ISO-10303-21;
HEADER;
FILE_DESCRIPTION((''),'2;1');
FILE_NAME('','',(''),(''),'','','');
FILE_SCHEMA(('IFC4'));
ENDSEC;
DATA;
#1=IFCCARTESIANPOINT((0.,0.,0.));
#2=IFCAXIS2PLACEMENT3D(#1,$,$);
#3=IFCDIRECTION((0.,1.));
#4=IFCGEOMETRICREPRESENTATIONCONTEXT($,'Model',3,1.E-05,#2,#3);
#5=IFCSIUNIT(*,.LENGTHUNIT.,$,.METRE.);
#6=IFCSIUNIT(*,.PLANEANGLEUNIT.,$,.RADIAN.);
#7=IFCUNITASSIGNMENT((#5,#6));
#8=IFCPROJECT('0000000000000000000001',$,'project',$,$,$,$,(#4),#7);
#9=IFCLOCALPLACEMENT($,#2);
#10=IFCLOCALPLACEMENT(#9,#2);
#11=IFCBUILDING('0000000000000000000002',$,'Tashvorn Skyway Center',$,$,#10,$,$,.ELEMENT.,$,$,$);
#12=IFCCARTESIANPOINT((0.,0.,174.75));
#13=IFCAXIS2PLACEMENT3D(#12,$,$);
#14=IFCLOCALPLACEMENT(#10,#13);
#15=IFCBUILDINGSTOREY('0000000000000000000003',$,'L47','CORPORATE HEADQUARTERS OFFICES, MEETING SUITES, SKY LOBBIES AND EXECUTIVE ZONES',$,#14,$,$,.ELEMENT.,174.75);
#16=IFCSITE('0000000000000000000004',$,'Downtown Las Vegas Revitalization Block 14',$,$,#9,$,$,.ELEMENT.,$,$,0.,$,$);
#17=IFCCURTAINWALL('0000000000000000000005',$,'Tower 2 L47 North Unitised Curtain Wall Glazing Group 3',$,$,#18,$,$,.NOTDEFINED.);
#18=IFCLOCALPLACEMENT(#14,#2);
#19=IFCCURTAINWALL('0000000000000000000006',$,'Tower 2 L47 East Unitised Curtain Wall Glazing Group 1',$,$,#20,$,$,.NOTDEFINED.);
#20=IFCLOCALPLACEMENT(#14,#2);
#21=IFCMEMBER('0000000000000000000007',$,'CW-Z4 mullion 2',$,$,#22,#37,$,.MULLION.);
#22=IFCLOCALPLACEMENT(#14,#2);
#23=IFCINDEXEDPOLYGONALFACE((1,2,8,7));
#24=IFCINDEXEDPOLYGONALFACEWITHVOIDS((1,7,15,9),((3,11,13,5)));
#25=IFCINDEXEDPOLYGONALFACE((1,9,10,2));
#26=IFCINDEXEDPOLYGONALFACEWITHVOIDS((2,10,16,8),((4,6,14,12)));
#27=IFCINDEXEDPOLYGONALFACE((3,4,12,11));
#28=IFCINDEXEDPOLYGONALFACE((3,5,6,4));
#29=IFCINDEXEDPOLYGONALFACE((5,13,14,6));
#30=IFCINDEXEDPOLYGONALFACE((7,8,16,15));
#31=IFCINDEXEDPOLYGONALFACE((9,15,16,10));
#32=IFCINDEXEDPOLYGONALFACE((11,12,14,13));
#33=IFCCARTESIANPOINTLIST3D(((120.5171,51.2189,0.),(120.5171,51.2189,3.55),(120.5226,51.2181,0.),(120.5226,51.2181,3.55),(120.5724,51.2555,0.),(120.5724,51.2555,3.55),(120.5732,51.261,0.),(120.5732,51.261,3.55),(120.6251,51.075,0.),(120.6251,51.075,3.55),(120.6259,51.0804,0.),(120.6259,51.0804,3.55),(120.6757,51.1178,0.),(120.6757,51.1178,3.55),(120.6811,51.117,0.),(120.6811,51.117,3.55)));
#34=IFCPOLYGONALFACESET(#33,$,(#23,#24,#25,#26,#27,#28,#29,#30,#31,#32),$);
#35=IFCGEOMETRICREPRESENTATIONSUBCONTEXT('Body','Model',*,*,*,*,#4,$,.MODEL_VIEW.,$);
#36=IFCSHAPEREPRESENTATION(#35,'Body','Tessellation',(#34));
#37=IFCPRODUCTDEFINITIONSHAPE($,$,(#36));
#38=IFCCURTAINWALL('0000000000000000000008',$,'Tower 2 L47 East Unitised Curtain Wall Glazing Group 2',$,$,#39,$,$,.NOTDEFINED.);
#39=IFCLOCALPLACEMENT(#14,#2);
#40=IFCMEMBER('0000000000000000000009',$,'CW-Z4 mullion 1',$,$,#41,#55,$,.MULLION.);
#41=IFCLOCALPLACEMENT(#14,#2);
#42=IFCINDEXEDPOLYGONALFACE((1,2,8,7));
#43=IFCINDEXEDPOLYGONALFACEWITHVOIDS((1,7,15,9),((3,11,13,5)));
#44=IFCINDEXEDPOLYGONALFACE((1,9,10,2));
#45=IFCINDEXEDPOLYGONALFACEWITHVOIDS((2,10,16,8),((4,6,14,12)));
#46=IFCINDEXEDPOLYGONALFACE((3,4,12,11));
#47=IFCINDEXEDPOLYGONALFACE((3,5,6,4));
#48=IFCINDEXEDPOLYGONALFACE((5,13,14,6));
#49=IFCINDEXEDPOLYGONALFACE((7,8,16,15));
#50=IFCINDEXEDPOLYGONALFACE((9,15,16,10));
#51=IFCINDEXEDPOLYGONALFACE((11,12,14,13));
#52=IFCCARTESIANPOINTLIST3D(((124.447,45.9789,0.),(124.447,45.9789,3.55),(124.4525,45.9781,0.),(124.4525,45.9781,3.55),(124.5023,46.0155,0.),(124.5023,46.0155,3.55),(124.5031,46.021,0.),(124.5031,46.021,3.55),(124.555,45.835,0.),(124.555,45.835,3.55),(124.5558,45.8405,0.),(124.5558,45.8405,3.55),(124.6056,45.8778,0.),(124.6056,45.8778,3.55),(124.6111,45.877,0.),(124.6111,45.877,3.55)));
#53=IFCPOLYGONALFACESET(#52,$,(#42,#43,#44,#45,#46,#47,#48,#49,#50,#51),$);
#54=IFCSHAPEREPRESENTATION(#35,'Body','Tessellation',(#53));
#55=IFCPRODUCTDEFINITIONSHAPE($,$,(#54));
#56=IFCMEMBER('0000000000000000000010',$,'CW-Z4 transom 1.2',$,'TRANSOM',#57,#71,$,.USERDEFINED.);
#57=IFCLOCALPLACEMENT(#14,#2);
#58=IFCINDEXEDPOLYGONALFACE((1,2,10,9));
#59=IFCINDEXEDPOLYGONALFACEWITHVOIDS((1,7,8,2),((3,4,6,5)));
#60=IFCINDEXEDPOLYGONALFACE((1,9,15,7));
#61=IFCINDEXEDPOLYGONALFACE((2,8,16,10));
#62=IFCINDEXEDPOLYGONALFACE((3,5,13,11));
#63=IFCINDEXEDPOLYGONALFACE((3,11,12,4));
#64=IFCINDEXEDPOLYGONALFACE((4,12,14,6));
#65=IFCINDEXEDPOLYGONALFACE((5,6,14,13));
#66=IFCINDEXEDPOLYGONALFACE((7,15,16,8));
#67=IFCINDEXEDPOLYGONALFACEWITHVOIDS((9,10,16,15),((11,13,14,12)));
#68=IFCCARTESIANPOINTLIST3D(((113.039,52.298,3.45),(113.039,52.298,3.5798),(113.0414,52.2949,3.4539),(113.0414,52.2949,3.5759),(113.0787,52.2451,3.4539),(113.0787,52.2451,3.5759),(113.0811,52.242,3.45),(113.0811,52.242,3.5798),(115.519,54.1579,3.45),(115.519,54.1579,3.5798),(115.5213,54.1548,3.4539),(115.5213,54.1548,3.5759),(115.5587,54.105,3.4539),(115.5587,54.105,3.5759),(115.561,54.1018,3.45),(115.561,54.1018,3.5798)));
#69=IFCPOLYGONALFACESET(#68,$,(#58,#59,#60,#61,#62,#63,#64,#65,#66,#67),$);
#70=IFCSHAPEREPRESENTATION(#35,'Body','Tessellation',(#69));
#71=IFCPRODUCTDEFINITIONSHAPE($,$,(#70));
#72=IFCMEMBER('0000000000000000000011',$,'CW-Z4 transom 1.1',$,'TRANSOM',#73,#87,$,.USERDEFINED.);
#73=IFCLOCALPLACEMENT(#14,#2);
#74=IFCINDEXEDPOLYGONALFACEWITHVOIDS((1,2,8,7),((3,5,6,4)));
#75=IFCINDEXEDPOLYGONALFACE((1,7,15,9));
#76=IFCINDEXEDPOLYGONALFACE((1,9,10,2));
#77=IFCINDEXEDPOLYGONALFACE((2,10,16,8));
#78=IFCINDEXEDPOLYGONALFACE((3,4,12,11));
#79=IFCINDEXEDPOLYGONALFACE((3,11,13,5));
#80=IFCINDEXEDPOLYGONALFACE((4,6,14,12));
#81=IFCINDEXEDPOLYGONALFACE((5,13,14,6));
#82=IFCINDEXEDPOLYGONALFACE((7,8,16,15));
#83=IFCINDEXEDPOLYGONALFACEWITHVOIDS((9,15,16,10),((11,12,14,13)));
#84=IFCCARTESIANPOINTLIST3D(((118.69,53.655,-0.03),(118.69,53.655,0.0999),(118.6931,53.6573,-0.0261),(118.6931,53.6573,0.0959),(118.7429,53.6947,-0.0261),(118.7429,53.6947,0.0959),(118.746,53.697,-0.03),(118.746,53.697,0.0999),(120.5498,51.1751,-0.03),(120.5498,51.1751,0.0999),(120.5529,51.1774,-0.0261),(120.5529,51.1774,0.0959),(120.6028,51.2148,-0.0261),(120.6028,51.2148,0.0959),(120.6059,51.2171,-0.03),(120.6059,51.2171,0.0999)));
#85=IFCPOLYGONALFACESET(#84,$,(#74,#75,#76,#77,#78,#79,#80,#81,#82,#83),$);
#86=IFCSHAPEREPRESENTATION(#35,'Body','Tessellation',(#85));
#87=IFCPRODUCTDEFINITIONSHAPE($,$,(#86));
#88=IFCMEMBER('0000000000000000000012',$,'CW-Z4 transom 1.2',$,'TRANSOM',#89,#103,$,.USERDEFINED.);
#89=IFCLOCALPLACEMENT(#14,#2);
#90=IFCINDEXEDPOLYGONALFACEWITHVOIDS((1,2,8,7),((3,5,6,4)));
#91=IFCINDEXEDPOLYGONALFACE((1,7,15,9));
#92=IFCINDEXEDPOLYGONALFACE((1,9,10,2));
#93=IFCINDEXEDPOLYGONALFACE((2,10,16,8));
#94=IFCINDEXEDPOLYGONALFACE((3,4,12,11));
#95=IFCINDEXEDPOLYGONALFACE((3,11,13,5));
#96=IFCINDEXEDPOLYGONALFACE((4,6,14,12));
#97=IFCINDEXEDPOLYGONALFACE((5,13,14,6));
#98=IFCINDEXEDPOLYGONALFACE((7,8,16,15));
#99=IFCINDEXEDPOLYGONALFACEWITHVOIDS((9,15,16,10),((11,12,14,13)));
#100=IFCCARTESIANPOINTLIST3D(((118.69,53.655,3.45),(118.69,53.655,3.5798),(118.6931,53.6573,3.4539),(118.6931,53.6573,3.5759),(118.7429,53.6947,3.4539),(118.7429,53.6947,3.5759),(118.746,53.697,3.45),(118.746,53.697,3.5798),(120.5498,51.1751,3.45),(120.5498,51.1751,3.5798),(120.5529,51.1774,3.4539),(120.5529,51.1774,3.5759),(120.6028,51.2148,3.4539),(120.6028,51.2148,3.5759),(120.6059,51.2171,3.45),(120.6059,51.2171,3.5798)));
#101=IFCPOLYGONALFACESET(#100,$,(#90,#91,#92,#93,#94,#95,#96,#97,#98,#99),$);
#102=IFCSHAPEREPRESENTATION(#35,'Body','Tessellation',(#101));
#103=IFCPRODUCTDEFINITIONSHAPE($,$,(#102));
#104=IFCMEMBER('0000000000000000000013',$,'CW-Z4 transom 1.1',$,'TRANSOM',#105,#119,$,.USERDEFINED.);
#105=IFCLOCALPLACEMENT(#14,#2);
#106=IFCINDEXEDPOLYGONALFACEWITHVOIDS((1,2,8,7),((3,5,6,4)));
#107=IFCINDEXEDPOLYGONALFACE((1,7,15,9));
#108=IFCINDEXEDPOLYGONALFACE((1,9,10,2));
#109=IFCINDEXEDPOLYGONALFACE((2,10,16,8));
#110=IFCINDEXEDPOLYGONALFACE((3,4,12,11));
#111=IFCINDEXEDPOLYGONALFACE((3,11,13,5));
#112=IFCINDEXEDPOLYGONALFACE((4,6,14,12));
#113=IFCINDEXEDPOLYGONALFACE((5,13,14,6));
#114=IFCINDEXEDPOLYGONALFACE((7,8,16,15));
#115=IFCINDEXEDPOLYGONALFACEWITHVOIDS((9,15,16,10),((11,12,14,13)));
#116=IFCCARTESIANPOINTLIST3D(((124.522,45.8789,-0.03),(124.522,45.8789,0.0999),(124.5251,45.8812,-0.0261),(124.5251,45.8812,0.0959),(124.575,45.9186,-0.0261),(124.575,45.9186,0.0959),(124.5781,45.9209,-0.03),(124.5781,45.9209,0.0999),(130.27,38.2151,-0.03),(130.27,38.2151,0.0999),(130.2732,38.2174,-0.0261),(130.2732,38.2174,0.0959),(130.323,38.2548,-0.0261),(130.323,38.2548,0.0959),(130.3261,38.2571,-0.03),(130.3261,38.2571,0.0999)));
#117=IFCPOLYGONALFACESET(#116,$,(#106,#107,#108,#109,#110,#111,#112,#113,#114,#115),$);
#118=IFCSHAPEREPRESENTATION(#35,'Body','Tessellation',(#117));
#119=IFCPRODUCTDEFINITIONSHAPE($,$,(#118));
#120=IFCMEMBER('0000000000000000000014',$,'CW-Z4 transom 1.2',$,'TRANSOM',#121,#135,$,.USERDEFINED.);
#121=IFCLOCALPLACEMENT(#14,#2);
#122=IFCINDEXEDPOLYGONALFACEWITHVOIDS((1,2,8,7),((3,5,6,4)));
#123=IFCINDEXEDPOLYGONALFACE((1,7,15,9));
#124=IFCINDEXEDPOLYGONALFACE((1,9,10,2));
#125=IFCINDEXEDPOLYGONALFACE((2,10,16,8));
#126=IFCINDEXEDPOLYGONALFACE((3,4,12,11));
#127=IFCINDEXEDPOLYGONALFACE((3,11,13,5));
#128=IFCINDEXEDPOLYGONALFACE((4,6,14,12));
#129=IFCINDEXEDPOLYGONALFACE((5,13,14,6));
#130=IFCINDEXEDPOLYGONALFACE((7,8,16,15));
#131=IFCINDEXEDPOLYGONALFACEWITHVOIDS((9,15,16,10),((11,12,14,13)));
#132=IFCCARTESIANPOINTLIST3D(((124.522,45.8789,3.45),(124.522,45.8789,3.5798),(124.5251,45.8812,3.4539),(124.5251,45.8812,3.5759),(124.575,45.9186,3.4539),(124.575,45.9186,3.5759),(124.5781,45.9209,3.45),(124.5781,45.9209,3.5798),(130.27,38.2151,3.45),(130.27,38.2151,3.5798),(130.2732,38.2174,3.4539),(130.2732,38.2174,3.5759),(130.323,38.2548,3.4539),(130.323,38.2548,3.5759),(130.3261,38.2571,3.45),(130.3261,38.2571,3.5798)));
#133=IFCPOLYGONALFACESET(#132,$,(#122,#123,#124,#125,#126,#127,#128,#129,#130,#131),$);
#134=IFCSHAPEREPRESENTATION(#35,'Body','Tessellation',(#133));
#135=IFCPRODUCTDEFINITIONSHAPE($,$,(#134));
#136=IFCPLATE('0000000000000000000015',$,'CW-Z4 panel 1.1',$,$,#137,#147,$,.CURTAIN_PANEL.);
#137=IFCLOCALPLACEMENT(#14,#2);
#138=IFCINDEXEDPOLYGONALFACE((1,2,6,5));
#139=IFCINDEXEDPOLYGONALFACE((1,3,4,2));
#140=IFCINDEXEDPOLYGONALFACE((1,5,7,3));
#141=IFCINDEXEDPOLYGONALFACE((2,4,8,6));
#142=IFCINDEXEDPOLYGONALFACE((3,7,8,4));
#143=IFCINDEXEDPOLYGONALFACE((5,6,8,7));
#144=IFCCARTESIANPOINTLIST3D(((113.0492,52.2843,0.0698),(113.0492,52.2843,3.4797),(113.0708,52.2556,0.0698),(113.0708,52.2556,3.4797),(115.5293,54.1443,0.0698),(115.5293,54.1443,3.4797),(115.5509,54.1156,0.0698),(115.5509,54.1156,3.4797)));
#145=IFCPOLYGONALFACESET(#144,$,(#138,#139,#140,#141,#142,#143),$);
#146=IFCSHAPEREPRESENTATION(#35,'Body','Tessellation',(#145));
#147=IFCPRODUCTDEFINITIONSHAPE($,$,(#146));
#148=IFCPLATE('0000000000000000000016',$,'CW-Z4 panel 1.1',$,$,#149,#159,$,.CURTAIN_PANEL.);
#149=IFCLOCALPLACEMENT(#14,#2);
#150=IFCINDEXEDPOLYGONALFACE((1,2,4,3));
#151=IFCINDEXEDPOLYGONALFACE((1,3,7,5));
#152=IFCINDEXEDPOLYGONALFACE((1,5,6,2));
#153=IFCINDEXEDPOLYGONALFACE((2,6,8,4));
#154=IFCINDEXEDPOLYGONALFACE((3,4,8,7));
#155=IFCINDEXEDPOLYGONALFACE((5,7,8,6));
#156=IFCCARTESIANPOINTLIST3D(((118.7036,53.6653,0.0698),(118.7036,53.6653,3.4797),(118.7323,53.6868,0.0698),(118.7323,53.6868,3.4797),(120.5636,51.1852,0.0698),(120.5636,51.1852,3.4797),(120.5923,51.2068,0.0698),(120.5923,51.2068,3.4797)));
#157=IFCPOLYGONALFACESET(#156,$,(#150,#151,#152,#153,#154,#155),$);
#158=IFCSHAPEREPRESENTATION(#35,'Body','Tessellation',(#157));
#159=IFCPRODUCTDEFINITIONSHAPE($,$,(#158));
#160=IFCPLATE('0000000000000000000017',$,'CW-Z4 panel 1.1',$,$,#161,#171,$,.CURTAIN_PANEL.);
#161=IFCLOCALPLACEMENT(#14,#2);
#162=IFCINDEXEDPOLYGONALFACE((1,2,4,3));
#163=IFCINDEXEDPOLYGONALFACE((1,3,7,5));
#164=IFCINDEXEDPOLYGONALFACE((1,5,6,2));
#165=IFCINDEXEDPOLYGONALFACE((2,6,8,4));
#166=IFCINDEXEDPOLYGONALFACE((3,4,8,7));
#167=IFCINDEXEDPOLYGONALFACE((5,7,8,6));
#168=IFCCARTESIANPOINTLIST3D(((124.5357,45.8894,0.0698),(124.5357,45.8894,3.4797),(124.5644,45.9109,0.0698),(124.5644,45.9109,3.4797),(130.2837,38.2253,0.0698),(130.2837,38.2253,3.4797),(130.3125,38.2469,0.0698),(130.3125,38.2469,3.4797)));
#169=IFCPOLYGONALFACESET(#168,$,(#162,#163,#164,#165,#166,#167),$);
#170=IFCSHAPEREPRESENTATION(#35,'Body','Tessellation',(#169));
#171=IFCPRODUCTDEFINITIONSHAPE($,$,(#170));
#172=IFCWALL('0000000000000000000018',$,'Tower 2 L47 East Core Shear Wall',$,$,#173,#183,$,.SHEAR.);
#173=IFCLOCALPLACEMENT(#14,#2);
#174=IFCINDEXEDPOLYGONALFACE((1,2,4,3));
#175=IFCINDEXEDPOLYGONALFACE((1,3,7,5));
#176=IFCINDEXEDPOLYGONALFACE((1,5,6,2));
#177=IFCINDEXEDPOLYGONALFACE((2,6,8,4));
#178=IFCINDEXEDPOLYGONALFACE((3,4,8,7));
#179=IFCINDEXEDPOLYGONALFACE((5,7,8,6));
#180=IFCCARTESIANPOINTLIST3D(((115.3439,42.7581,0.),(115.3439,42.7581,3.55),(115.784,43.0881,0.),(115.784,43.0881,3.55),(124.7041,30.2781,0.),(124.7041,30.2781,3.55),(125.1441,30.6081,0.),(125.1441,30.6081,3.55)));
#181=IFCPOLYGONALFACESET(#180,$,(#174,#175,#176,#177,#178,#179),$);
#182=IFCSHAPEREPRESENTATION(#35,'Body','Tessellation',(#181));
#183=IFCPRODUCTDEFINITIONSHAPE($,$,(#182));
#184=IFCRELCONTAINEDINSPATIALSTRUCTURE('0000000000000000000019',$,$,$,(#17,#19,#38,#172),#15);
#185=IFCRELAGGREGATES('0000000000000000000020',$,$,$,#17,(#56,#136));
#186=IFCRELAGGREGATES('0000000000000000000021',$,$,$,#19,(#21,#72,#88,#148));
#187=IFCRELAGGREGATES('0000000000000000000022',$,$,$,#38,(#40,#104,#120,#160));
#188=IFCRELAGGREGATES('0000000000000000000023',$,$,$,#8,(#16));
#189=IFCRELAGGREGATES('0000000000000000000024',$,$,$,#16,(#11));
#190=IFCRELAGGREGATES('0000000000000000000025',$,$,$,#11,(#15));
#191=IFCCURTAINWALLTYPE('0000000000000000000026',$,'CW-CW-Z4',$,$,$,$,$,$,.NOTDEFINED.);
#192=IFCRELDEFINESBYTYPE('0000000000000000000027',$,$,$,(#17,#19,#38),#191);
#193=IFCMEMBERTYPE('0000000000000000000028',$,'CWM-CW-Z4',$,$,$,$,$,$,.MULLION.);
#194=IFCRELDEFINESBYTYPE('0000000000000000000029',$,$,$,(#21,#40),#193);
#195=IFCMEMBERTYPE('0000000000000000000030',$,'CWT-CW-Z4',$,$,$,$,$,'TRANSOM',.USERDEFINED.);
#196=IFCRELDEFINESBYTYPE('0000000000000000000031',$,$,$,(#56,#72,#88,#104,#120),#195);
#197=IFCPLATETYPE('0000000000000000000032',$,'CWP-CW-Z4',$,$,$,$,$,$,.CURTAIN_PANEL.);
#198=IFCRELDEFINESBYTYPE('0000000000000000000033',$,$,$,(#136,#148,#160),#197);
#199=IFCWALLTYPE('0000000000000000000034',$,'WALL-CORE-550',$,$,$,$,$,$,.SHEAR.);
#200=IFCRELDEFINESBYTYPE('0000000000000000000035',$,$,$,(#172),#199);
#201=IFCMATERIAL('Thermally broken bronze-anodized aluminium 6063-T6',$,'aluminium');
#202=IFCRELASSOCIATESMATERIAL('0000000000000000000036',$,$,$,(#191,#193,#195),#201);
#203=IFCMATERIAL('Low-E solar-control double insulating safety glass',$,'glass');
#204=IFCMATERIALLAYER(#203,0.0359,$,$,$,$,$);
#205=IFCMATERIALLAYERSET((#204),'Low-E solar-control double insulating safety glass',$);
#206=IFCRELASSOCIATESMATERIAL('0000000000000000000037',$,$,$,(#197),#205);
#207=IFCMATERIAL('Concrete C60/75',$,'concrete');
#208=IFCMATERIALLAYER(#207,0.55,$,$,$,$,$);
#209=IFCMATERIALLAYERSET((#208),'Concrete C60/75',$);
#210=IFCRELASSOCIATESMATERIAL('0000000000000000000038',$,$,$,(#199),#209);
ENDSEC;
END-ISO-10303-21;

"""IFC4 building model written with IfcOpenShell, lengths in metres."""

from ifc_helpers import new_model, si_unit, direction, frame, frame_2d, origin, origin_2d, place, context, subcontext, project, spatial, rectangle, hollow_rectangle, extrude, material, layer, layer_set, material_profile, profile_set, type_object, element, aggregate, save


model = new_model("IFC4")

# Units and contexts
model_context = context("Model", 3, precision=1e-05, world=origin(), true_north=direction((0.0, 1.0)))
body_context = subcontext(model_context, "Body", "Model", "MODEL_VIEW")
ifc_project = project(units=[si_unit("LENGTHUNIT", "METRE"), si_unit("PLANEANGLEUNIT", "RADIAN")], contexts=[model_context])

# Site, building, storey
site_placement = place(None, origin())
site = spatial("IfcSite", under=ifc_project, at=site_placement, Name="Downtown Las Vegas Revitalization Block 14", CompositionType="ELEMENT", RefElevation=0.0)
building_placement = place(site_placement, origin())
building = spatial("IfcBuilding", under=site, at=building_placement, Name="Tashvorn Skyway Center", CompositionType="ELEMENT")
storey_placement = place(building_placement, frame((0.0, 0.0, 174.75)))
storey = spatial("IfcBuildingStorey", under=building, at=storey_placement, Name="L47", Description="CORPORATE HEADQUARTERS OFFICES, MEETING SUITES, SKY LOBBIES AND EXECUTIVE ZONES", CompositionType="ELEMENT", Elevation=174.75)

# Curtain wall
ifc_material_1 = material(Name="Thermally broken bronze-anodized aluminium 6063-T6", Category="aluminium")
curtain_wall_type = type_object("IfcCurtainWallType", Name="CW-CW-Z4", PredefinedType="NOTDEFINED", material=ifc_material_1)
curtain_wall_1_placement = place(storey_placement, origin())
curtain_wall_1 = element("IfcCurtainWall", 1, at=curtain_wall_1_placement, inside=storey, type_object=curtain_wall_type, Name="Tower 2 L47 North Unitised Curtain Wall Glazing Group 3", PredefinedType="NOTDEFINED")
ifc_material_profile_1 = material_profile(ifc_material_1, hollow_rectangle(XDim=0.0701, YDim=0.1799, WallThickness=0.0039, at=origin_2d()), Name="ALU-MULL-70x180")
ifc_profile_set_1 = profile_set([ifc_material_profile_1], Name="Thermally broken bronze-anodized aluminium 6063-T6")
member_type_1 = type_object("IfcMemberType", Name="CWM-CW-Z4", PredefinedType="MULLION", material=ifc_profile_set_1)

# Curtain wall, member
curtain_wall_2_placement = place(storey_placement, origin())
curtain_wall_2 = element("IfcCurtainWall", 2, at=curtain_wall_2_placement, inside=storey, type_object=curtain_wall_type, Name="Tower 2 L47 East Unitised Curtain Wall Glazing Group 1", PredefinedType="NOTDEFINED")
member_1_placement = place(storey_placement, frame((120.5991, 51.168, 0.0), z_axis=(0.0, 0.0, 1.0), x_axis=(0.8, 0.6, 0.0)))
member_1 = element("IfcMember", 3, at=member_1_placement, type_object=member_type_1, Name="CW-Z4 mullion 2", PredefinedType="MULLION", context=body_context, shape_type="SweptSolid", body=[
    extrude(hollow_rectangle(XDim=0.0701, YDim=0.1799, WallThickness=0.0039, at=origin_2d()), origin(), (0.0, 0.0, 1.0), 3.55),
])

# Curtain wall, member
curtain_wall_3_placement = place(storey_placement, origin())
curtain_wall_3 = element("IfcCurtainWall", 4, at=curtain_wall_3_placement, inside=storey, type_object=curtain_wall_type, Name="Tower 2 L47 East Unitised Curtain Wall Glazing Group 2", PredefinedType="NOTDEFINED")
member_2_placement = place(storey_placement, frame((124.5291, 45.928, 0.0), z_axis=(0.0, 0.0, 1.0), x_axis=(0.8, 0.6, 0.0)))
member_2 = element("IfcMember", 5, at=member_2_placement, type_object=member_type_1, Name="CW-Z4 mullion 1", PredefinedType="MULLION", context=body_context, shape_type="SweptSolid", body=[
    extrude(hollow_rectangle(XDim=0.0701, YDim=0.1799, WallThickness=0.0039, at=origin_2d()), origin(), (0.0, 0.0, 1.0), 3.55),
])

# Members
ifc_material_profile_2 = material_profile(ifc_material_1, hollow_rectangle(XDim=0.0701, YDim=0.1299, WallThickness=0.0039, at=origin_2d()), Name="ALU-TRAN-70x130")
ifc_profile_set_2 = profile_set([ifc_material_profile_2], Name="Thermally broken bronze-anodized aluminium 6063-T6")
member_type_2 = type_object("IfcMemberType", Name="CWT-CW-Z4", ElementType="TRANSOM", PredefinedType="USERDEFINED", material=ifc_profile_set_2)
member_3_placement = place(storey_placement, frame((113.0601, 52.27, 3.5149), z_axis=(0.800019, 0.599975, 0.0), x_axis=(-0.599975, 0.800019, 0.0)))
member_3 = element("IfcMember", 6, at=member_3_placement, type_object=member_type_2, Name="CW-Z4 transom 1.2", ObjectType="TRANSOM", PredefinedType="USERDEFINED", context=body_context, shape_type="SweptSolid", body=[
    extrude(hollow_rectangle(XDim=0.0701, YDim=0.1299, WallThickness=0.0039, at=origin_2d()), origin(), (0.0, 0.0, 1.0), 3.0999),
])
member_4_placement = place(storey_placement, frame((118.718, 53.676, 0.0349), z_axis=(0.599975, -0.800019, 0.0), x_axis=(0.800019, 0.599975, 0.0)))
member_4 = element("IfcMember", 7, at=member_4_placement, type_object=member_type_2, Name="CW-Z4 transom 1.1", ObjectType="TRANSOM", PredefinedType="USERDEFINED", context=body_context, shape_type="SweptSolid", body=[
    extrude(hollow_rectangle(XDim=0.0701, YDim=0.1299, WallThickness=0.0039, at=origin_2d()), origin(), (0.0, 0.0, 1.0), 3.0999),
])
member_5_placement = place(storey_placement, frame((118.718, 53.676, 3.5149), z_axis=(0.599975, -0.800019, 0.0), x_axis=(0.800019, 0.599975, 0.0)))
member_5 = element("IfcMember", 8, at=member_5_placement, type_object=member_type_2, Name="CW-Z4 transom 1.2", ObjectType="TRANSOM", PredefinedType="USERDEFINED", context=body_context, shape_type="SweptSolid", body=[
    extrude(hollow_rectangle(XDim=0.0701, YDim=0.1299, WallThickness=0.0039, at=origin_2d()), origin(), (0.0, 0.0, 1.0), 3.0999),
])
member_6_placement = place(storey_placement, frame((124.55, 45.8999, 0.0349), z_axis=(0.600012, -0.799991, 0.0), x_axis=(0.799991, 0.600012, 0.0)))
member_6 = element("IfcMember", 9, at=member_6_placement, type_object=member_type_2, Name="CW-Z4 transom 1.1", ObjectType="TRANSOM", PredefinedType="USERDEFINED", context=body_context, shape_type="SweptSolid", body=[
    extrude(hollow_rectangle(XDim=0.0701, YDim=0.1299, WallThickness=0.0039, at=origin_2d()), origin(), (0.0, 0.0, 1.0), 9.5798),
])
member_7_placement = place(storey_placement, frame((124.55, 45.8999, 3.5149), z_axis=(0.600012, -0.799991, 0.0), x_axis=(0.799991, 0.600012, 0.0)))
member_7 = element("IfcMember", 10, at=member_7_placement, type_object=member_type_2, Name="CW-Z4 transom 1.2", ObjectType="TRANSOM", PredefinedType="USERDEFINED", context=body_context, shape_type="SweptSolid", body=[
    extrude(hollow_rectangle(XDim=0.0701, YDim=0.1299, WallThickness=0.0039, at=origin_2d()), origin(), (0.0, 0.0, 1.0), 9.5798),
])

# Plates
ifc_material_2 = material(Name="Low-E solar-control double insulating safety glass", Category="glass")
ifc_layer_1 = layer(ifc_material_2, 0.0359)
ifc_layer_set_1 = layer_set([ifc_layer_1], Name="Low-E solar-control double insulating safety glass")
plate_type = type_object("IfcPlateType", Name="CWP-CW-Z4", PredefinedType="CURTAIN_PANEL", material=ifc_layer_set_1)
plate_1_placement = place(storey_placement, frame((114.3, 53.2, 0.0698), z_axis=(0.0, 0.0, 1.0), x_axis=(0.8, 0.6, 0.0)))
plate_1 = element("IfcPlate", 11, at=plate_1_placement, type_object=plate_type, Name="CW-Z4 panel 1.1", PredefinedType="CURTAIN_PANEL", context=body_context, shape_type="SweptSolid", body=[
    extrude(rectangle(XDim=3.1001, YDim=0.0359, at=origin_2d()), origin(), (0.0, 0.0, 1.0), 3.4099),
])
aggregate(curtain_wall_1, [member_3, plate_1])
plate_2_placement = place(storey_placement, frame((119.6479, 52.436, 0.0698), z_axis=(0.0, 0.0, 1.0), x_axis=(0.6, -0.8, 0.0)))
plate_2 = element("IfcPlate", 12, at=plate_2_placement, type_object=plate_type, Name="CW-Z4 panel 1.1", PredefinedType="CURTAIN_PANEL", context=body_context, shape_type="SweptSolid", body=[
    extrude(rectangle(XDim=3.1001, YDim=0.0359, at=origin_2d()), origin(), (0.0, 0.0, 1.0), 3.4099),
])
aggregate(curtain_wall_2, [member_1, member_4, member_5, plate_2])
plate_3_placement = place(storey_placement, frame((127.4241, 42.0681, 0.0698), z_axis=(0.0, 0.0, 1.0), x_axis=(0.6, -0.8, 0.0)))
plate_3 = element("IfcPlate", 13, at=plate_3_placement, type_object=plate_type, Name="CW-Z4 panel 1.1", PredefinedType="CURTAIN_PANEL", context=body_context, shape_type="SweptSolid", body=[
    extrude(rectangle(XDim=9.5801, YDim=0.0359, at=origin_2d()), origin(), (0.0, 0.0, 1.0), 3.4099),
])
aggregate(curtain_wall_3, [member_2, member_6, member_7, plate_3])

# Wall
ifc_material_3 = material(Name="Concrete C60/75", Category="concrete")
ifc_layer_2 = layer(ifc_material_3, 0.55)
ifc_layer_set_2 = layer_set([ifc_layer_2], Name="Concrete C60/75")
wall_type_1 = type_object("IfcWallType", Name="WALL-CORE-550", PredefinedType="SHEAR", material=ifc_layer_set_2)
wall_1_placement = place(storey_placement, frame((115.564, 42.9231, 0.0), z_axis=(0.0, 0.0, 1.0), x_axis=(0.600005, -0.799996, 0.0)))
element("IfcWall", 14, at=wall_1_placement, inside=storey, type_object=wall_type_1, Name="Tower 2 L47 East Core Shear Wall", PredefinedType="SHEAR", context=body_context, shape_type="SweptSolid", body=[
    extrude(rectangle(XDim=15.6001, YDim=0.55, at=frame_2d((7.8, 0.0))), origin(), (0.0, 0.0, 1.0), 3.55),
])

save(model, "model.ifc")
